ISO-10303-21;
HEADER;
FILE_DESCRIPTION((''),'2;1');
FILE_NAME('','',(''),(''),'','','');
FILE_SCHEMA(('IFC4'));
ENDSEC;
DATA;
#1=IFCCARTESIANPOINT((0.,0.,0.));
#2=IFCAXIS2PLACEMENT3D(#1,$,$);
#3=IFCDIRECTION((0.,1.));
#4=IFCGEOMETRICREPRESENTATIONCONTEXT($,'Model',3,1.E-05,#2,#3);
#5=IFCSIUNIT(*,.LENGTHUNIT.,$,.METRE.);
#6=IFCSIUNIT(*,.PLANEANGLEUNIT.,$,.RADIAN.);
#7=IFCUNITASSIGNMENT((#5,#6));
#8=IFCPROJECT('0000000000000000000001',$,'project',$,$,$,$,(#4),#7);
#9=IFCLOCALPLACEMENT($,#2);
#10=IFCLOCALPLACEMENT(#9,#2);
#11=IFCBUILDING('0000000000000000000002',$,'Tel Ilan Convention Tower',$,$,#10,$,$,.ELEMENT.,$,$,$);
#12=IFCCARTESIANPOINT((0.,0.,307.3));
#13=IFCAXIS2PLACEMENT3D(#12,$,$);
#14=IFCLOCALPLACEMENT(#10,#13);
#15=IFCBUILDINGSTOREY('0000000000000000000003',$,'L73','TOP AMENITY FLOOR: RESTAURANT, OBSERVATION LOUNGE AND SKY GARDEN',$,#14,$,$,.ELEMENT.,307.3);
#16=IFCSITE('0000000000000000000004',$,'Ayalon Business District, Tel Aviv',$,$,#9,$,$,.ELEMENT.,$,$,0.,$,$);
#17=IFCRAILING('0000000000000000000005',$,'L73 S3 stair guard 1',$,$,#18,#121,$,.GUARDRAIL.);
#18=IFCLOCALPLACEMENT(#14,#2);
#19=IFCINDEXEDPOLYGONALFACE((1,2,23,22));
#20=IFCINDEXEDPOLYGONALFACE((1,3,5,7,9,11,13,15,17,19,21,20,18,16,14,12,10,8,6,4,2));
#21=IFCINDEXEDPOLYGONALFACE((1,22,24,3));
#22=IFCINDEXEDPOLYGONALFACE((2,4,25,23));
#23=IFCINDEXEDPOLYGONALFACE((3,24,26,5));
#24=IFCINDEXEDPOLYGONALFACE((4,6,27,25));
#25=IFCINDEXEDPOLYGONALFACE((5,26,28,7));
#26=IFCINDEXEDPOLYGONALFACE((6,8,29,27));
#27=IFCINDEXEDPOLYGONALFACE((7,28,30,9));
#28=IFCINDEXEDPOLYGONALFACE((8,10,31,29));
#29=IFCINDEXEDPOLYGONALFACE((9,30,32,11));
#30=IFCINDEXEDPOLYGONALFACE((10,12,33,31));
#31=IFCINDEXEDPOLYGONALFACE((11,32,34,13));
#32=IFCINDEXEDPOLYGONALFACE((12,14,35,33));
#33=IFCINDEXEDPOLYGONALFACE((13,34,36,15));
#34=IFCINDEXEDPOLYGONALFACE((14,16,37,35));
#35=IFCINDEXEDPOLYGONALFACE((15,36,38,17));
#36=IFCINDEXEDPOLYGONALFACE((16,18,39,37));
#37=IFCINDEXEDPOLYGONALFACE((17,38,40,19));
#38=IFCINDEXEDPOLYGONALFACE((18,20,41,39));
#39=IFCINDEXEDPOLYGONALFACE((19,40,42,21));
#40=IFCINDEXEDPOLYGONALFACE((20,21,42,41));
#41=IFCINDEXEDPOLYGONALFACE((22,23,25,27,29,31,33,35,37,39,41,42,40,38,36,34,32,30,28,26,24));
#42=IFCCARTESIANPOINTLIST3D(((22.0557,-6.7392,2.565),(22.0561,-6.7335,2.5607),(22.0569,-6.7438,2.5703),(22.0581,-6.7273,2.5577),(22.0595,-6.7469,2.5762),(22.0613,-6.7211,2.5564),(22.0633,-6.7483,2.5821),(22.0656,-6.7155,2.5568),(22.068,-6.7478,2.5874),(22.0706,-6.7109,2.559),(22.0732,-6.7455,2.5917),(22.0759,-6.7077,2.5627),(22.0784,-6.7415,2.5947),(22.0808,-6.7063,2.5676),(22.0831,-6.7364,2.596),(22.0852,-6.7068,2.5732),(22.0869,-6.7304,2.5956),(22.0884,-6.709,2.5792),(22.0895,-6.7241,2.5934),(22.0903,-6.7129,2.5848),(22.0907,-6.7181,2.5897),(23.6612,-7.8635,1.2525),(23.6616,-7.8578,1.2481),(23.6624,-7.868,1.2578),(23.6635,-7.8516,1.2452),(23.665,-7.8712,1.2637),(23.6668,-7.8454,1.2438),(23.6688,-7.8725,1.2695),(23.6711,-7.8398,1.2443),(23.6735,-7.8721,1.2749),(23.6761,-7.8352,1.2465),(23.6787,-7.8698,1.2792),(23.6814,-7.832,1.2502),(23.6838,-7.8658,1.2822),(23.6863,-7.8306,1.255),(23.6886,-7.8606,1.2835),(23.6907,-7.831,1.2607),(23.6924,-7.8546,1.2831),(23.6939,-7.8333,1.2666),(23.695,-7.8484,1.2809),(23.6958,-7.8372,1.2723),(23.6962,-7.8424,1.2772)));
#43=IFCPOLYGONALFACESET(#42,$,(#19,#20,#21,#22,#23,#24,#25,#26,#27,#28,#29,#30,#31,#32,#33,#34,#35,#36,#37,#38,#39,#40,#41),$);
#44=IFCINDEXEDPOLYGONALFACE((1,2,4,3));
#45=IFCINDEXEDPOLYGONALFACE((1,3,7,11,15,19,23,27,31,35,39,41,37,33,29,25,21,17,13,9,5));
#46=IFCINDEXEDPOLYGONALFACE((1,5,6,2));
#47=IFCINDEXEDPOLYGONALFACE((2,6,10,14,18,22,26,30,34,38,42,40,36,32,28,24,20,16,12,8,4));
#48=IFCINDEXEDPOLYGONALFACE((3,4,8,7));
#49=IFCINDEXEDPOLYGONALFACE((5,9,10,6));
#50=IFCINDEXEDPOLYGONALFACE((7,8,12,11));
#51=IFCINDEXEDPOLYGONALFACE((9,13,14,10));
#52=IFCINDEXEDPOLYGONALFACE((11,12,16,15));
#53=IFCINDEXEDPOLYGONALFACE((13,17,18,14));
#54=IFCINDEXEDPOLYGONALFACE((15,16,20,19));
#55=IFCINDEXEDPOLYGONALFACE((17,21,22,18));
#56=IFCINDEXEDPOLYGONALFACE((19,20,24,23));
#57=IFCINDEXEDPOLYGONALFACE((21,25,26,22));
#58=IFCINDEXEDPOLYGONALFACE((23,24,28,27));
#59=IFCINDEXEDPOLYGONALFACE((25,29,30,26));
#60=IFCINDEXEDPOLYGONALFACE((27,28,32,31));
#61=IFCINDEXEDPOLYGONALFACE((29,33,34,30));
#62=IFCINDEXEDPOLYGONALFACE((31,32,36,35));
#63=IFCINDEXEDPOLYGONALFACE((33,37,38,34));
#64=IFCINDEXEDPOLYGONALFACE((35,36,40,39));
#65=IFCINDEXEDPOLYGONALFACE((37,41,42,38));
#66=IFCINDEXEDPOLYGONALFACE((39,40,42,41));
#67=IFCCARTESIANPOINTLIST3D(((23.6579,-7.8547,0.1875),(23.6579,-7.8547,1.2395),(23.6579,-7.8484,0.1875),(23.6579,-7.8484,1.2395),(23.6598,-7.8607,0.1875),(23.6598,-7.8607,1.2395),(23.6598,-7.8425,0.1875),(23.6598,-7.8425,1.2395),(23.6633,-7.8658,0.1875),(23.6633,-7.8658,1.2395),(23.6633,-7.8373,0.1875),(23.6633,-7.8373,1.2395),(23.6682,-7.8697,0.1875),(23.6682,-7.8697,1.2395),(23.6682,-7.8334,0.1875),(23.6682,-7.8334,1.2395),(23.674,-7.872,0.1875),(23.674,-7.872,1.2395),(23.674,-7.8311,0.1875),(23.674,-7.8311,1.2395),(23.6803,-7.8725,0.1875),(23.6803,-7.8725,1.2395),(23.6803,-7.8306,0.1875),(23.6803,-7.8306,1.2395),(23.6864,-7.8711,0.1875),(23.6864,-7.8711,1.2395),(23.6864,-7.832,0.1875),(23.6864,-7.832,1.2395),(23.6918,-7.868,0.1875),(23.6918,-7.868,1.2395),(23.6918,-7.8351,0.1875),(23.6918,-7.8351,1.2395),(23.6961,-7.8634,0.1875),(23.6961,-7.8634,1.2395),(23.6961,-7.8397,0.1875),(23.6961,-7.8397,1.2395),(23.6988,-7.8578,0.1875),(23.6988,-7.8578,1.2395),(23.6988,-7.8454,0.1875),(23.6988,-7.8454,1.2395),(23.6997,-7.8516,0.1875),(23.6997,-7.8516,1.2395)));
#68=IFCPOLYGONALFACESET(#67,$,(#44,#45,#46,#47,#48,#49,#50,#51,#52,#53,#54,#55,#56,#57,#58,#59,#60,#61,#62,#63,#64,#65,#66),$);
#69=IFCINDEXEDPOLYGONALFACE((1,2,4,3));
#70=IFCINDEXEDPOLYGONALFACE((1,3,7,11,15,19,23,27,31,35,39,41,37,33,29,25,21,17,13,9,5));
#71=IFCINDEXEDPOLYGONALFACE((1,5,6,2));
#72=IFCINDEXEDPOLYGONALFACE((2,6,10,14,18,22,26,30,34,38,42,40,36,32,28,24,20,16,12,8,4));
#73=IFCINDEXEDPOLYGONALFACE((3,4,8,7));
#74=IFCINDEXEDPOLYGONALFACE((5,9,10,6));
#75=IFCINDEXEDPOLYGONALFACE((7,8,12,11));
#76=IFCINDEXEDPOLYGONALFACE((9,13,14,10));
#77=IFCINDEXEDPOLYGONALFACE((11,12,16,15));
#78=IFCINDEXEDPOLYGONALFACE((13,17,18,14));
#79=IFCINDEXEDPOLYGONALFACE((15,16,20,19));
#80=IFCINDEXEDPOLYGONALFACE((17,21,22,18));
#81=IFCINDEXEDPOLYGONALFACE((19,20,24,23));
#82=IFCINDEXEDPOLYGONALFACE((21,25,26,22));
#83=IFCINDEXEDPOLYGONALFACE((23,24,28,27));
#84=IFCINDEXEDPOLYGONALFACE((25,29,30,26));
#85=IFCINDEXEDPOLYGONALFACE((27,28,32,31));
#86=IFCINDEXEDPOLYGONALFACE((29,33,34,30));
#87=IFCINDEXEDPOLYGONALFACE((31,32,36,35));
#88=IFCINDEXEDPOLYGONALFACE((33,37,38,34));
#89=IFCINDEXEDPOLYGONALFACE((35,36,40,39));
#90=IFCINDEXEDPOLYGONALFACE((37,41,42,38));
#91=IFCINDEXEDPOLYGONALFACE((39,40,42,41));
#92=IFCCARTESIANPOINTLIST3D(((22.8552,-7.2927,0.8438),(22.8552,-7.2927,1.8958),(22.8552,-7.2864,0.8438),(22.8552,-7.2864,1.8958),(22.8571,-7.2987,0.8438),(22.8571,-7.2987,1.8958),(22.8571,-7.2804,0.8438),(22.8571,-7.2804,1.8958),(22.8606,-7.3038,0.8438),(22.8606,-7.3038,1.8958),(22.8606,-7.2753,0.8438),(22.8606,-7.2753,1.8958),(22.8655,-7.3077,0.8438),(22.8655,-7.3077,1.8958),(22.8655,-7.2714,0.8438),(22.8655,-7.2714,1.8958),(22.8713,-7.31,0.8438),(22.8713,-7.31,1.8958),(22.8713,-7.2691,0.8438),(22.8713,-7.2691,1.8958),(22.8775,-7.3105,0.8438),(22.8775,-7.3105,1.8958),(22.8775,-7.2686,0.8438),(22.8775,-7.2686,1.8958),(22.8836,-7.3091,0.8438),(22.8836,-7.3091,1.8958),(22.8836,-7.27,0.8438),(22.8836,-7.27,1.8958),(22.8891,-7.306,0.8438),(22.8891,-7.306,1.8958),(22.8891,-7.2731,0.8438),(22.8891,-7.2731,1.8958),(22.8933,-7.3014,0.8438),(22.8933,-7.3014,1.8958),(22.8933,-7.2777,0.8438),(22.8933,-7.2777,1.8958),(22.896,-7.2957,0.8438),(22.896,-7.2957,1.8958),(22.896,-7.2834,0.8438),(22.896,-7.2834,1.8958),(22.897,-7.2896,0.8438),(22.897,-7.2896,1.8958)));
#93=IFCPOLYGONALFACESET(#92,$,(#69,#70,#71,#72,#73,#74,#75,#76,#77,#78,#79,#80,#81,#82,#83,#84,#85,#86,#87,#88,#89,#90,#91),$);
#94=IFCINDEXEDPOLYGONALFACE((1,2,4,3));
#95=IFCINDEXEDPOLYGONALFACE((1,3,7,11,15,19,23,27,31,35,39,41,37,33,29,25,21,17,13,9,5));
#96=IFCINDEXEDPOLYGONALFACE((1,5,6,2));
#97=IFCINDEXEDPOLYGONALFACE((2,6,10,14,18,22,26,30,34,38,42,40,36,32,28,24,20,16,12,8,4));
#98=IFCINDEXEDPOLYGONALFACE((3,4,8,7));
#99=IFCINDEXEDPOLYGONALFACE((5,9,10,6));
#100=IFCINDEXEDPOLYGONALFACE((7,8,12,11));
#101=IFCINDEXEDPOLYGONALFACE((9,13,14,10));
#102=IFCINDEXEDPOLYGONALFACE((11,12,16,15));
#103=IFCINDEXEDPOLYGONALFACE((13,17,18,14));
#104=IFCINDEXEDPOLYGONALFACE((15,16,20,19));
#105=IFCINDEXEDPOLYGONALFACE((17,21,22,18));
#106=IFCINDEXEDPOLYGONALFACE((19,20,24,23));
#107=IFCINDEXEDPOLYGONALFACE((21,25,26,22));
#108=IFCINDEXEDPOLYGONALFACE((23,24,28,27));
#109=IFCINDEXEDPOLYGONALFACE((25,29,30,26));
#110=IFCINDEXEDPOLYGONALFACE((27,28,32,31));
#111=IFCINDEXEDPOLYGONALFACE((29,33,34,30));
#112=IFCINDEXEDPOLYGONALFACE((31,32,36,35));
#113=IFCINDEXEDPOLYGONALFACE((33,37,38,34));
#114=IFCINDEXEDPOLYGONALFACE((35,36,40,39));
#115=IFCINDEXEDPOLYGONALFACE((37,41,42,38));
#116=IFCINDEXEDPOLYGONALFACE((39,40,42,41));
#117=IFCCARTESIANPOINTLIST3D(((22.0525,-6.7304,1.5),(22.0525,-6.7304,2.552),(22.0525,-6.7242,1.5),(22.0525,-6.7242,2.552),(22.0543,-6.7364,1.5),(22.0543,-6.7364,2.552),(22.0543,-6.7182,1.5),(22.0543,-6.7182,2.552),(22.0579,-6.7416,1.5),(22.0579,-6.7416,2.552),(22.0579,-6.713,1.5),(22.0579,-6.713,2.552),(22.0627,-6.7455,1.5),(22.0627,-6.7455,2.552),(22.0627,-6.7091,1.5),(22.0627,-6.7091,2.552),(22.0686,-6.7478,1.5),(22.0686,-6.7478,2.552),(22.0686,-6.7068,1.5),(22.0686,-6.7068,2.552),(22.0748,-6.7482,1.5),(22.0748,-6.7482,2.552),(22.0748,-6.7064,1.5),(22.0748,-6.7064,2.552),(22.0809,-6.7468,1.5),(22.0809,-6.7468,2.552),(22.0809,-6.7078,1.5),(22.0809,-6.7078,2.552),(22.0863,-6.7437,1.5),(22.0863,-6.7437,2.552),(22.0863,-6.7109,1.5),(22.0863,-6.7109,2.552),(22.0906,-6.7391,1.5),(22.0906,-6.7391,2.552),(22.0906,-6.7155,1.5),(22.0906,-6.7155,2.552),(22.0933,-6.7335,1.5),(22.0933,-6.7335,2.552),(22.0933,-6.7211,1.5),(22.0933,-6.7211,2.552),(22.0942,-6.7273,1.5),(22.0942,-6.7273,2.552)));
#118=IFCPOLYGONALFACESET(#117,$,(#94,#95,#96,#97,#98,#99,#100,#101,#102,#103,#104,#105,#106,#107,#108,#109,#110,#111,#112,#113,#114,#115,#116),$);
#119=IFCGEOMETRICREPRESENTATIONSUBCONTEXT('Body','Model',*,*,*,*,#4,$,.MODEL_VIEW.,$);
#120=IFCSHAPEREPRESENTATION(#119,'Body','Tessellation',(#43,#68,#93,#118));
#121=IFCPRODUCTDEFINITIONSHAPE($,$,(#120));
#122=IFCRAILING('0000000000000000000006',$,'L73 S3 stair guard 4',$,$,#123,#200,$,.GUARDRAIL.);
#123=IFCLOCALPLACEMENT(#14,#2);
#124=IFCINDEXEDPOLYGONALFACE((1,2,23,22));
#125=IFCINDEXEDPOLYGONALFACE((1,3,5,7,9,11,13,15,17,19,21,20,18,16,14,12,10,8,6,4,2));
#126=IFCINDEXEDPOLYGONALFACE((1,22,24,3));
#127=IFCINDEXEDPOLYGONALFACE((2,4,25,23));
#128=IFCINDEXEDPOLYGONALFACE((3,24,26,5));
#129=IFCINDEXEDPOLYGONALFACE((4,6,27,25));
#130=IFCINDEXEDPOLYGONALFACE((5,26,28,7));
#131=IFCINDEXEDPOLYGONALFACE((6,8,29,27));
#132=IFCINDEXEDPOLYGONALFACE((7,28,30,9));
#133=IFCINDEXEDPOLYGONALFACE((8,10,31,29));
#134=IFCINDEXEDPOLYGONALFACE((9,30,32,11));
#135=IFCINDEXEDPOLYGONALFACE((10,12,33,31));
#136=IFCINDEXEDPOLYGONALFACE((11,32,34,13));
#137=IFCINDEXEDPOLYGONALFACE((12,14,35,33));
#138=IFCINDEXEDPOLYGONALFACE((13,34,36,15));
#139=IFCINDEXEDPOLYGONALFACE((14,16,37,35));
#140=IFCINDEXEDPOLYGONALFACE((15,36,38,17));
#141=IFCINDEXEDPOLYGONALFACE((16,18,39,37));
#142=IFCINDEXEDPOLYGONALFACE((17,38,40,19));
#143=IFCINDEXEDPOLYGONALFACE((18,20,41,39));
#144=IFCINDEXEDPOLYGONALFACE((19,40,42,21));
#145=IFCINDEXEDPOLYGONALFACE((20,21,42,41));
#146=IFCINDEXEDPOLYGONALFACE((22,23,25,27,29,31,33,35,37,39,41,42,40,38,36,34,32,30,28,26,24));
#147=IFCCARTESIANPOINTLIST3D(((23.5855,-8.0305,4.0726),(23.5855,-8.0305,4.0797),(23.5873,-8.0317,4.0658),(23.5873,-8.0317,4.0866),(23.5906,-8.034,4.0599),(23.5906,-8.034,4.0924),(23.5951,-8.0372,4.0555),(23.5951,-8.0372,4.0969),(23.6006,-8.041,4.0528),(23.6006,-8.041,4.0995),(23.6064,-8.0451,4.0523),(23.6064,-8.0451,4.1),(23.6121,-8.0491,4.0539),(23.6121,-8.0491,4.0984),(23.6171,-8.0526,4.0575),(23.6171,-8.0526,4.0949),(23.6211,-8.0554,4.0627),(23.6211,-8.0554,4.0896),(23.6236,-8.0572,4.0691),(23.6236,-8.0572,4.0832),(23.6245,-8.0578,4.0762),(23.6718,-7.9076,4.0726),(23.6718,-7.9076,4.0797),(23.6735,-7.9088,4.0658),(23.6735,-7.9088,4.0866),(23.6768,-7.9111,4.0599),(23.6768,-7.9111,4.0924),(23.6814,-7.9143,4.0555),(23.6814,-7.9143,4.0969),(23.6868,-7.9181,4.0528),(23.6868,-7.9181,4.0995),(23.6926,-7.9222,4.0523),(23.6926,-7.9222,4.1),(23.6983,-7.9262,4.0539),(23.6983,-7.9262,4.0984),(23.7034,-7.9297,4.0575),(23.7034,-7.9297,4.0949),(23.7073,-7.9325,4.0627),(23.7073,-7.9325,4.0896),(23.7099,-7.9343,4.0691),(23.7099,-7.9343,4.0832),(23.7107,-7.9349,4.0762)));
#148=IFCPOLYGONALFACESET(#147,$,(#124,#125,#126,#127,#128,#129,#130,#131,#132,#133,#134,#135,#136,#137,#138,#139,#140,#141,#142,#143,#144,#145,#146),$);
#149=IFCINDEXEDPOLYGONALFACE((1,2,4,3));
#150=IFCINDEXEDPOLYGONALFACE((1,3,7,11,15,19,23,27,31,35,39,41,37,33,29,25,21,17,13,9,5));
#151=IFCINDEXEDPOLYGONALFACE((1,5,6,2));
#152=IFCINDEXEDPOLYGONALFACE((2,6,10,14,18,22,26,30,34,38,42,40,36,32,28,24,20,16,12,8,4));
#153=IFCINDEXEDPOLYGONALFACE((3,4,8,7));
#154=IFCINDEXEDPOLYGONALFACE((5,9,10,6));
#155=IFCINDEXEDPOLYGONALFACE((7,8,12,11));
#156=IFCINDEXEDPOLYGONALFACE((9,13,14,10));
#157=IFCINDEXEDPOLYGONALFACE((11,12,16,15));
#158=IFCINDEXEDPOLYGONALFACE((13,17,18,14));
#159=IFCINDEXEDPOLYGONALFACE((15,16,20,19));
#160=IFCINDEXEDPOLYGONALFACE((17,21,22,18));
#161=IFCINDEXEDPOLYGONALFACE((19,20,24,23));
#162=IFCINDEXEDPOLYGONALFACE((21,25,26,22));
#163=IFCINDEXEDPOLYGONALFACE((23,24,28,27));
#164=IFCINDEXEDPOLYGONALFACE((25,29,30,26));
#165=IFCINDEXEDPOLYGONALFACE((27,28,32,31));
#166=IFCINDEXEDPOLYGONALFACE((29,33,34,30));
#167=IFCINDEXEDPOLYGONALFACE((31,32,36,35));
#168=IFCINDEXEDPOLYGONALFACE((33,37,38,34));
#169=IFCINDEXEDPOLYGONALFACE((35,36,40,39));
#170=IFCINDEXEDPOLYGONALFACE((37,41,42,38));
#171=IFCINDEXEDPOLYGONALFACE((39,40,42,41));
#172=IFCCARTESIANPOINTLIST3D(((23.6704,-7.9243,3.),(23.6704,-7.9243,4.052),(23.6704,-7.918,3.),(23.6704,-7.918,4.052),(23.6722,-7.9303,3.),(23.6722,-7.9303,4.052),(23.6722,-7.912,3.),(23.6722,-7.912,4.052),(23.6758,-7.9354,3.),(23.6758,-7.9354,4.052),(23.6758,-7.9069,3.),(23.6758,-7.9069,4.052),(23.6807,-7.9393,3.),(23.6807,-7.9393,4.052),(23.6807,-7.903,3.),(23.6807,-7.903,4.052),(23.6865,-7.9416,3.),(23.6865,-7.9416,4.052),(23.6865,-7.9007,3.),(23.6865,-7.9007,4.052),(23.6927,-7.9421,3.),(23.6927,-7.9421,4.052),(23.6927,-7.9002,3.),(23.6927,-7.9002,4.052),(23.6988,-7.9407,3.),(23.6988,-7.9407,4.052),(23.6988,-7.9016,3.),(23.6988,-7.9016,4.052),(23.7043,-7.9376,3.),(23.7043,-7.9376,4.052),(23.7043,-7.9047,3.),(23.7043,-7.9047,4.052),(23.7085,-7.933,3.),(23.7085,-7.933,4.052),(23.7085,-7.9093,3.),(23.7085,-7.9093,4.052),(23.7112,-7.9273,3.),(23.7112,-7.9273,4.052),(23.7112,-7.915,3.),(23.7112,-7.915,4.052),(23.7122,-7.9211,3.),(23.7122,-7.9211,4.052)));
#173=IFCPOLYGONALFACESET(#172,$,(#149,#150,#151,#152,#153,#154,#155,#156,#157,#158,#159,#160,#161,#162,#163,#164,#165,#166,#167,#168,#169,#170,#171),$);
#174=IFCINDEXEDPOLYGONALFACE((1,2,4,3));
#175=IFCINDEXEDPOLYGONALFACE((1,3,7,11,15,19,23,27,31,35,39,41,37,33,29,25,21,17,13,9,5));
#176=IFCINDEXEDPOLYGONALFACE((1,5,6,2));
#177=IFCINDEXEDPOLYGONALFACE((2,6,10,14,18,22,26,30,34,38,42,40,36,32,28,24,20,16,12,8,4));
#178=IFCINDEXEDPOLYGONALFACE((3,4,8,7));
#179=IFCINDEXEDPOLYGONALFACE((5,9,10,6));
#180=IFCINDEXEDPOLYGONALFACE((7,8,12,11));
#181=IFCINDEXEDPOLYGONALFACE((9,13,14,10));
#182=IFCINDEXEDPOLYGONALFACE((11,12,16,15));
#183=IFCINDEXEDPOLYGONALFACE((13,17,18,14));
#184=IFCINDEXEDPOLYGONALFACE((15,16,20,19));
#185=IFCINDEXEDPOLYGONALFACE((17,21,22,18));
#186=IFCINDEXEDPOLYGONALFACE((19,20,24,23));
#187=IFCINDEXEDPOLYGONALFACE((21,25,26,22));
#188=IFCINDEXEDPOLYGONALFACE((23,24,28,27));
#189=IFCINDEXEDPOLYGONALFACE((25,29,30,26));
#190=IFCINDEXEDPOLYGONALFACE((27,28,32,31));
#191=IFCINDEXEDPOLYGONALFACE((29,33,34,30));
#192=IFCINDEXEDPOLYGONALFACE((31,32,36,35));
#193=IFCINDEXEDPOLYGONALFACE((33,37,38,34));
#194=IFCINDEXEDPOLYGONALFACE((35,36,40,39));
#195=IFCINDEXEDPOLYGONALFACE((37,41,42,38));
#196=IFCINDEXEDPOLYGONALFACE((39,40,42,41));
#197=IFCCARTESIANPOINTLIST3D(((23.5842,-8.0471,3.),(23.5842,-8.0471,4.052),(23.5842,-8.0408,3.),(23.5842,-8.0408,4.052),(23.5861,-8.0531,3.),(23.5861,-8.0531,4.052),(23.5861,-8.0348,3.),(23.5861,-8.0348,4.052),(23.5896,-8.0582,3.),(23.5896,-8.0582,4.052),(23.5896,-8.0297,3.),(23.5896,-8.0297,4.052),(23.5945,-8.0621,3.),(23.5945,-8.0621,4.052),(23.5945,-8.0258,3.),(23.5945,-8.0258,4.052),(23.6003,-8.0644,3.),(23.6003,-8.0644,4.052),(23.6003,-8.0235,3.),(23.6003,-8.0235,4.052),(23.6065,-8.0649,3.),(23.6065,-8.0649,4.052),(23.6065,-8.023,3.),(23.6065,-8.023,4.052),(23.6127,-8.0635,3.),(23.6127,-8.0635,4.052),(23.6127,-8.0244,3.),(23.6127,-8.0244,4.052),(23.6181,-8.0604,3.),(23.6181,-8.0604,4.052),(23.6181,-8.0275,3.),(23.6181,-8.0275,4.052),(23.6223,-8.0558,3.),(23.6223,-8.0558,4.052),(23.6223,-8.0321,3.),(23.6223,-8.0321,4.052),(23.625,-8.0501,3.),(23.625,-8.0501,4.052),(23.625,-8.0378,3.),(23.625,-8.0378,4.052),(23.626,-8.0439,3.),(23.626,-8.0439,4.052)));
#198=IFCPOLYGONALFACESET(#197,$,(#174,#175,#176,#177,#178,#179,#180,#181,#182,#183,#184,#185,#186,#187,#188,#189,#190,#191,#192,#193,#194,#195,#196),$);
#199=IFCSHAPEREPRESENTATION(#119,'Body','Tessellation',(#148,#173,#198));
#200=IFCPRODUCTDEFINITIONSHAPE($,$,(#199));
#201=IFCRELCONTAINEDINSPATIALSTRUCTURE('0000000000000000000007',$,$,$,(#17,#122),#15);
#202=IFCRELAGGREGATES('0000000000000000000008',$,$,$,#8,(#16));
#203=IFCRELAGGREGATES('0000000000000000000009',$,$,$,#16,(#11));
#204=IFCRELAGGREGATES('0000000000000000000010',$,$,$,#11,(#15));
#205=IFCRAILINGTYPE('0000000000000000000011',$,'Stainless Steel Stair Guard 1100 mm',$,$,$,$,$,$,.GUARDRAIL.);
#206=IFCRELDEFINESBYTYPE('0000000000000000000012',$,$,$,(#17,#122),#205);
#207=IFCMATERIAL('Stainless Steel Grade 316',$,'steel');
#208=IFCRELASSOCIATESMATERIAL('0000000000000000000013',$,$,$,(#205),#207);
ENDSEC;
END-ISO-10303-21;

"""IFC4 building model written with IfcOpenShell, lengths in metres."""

from ifc_helpers import new_model, si_unit, direction, frame, origin, origin_2d, place, context, subcontext, project, spatial, circle, extrude, material, type_object, element, save


model = new_model("IFC4")

# Units and contexts
model_context = context("Model", 3, precision=1e-05, world=origin(), true_north=direction((0.0, 1.0)))
body_context = subcontext(model_context, "Body", "Model", "MODEL_VIEW")
ifc_project = project(units=[si_unit("LENGTHUNIT", "METRE"), si_unit("PLANEANGLEUNIT", "RADIAN")], contexts=[model_context])

# Site, building, storey
site_placement = place(None, origin())
site = spatial("IfcSite", under=ifc_project, at=site_placement, Name="Ayalon Business District, Tel Aviv", CompositionType="ELEMENT", RefElevation=0.0)
building_placement = place(site_placement, origin())
building = spatial("IfcBuilding", under=site, at=building_placement, Name="Tel Ilan Convention Tower", CompositionType="ELEMENT")
storey_placement = place(building_placement, frame((0.0, 0.0, 307.3)))
storey = spatial("IfcBuildingStorey", under=building, at=storey_placement, Name="L73", Description="TOP AMENITY FLOOR: RESTAURANT, OBSERVATION LOUNGE AND SKY GARDEN", CompositionType="ELEMENT", Elevation=307.3)

# Railings
ifc_material_1 = material(Name="Stainless Steel Grade 316", Category="steel")
railing_type_1 = type_object("IfcRailingType", Name="Stainless Steel Stair Guard 1100 mm", PredefinedType="GUARDRAIL", material=ifc_material_1)
railing_1_placement = place(storey_placement, frame((23.6787, -7.8516, 0.1875)))
element("IfcRailing", 1, at=railing_1_placement, inside=storey, type_object=railing_type_1, Name="L73 S3 stair guard 1", PredefinedType="GUARDRAIL", context=body_context, shape_type="SweptSolid", body=[
    extrude(circle(Radius=0.0239, at=origin_2d()), frame((0.0, 0.0, 1.0762), z_axis=(-0.680616, 0.476617, 0.556416), x_axis=(-0.573613, -0.819127, 0.0)), (0.0, 0.0, 1.0), 2.3589),
    extrude(circle(Radius=0.021, at=origin_2d()), origin(), (0.0, 0.0, 1.0), 1.052),
    extrude(circle(Radius=0.021, at=origin_2d()), frame((-0.8027, 0.562, 0.6562)), (0.0, 0.0, 1.0), 1.052),
    extrude(circle(Radius=0.021, at=origin_2d()), frame((-1.6055, 1.1243, 1.3125)), (0.0, 0.0, 1.0), 1.052),
])
railing_2_placement = place(storey_placement, frame((23.6912, -7.9211, 3.0)))
element("IfcRailing", 2, at=railing_2_placement, inside=storey, type_object=railing_type_1, Name="L73 S3 stair guard 4", PredefinedType="GUARDRAIL", context=body_context, shape_type="SweptSolid", body=[
    extrude(circle(Radius=0.0239, at=origin_2d()), frame((0.0, 0.0, 1.0762), z_axis=(-0.574445, -0.818543, 0.0), x_axis=(0.818543, -0.574445, 0.0)), (0.0, 0.0, 1.0), 0.1501),
    extrude(circle(Radius=0.021, at=origin_2d()), origin(), (0.0, 0.0, 1.0), 1.052),
    extrude(circle(Radius=0.021, at=origin_2d()), frame((-0.0862, -0.1228, 0.0)), (0.0, 0.0, 1.0), 1.052),
])

save(model, "model.ifc")
